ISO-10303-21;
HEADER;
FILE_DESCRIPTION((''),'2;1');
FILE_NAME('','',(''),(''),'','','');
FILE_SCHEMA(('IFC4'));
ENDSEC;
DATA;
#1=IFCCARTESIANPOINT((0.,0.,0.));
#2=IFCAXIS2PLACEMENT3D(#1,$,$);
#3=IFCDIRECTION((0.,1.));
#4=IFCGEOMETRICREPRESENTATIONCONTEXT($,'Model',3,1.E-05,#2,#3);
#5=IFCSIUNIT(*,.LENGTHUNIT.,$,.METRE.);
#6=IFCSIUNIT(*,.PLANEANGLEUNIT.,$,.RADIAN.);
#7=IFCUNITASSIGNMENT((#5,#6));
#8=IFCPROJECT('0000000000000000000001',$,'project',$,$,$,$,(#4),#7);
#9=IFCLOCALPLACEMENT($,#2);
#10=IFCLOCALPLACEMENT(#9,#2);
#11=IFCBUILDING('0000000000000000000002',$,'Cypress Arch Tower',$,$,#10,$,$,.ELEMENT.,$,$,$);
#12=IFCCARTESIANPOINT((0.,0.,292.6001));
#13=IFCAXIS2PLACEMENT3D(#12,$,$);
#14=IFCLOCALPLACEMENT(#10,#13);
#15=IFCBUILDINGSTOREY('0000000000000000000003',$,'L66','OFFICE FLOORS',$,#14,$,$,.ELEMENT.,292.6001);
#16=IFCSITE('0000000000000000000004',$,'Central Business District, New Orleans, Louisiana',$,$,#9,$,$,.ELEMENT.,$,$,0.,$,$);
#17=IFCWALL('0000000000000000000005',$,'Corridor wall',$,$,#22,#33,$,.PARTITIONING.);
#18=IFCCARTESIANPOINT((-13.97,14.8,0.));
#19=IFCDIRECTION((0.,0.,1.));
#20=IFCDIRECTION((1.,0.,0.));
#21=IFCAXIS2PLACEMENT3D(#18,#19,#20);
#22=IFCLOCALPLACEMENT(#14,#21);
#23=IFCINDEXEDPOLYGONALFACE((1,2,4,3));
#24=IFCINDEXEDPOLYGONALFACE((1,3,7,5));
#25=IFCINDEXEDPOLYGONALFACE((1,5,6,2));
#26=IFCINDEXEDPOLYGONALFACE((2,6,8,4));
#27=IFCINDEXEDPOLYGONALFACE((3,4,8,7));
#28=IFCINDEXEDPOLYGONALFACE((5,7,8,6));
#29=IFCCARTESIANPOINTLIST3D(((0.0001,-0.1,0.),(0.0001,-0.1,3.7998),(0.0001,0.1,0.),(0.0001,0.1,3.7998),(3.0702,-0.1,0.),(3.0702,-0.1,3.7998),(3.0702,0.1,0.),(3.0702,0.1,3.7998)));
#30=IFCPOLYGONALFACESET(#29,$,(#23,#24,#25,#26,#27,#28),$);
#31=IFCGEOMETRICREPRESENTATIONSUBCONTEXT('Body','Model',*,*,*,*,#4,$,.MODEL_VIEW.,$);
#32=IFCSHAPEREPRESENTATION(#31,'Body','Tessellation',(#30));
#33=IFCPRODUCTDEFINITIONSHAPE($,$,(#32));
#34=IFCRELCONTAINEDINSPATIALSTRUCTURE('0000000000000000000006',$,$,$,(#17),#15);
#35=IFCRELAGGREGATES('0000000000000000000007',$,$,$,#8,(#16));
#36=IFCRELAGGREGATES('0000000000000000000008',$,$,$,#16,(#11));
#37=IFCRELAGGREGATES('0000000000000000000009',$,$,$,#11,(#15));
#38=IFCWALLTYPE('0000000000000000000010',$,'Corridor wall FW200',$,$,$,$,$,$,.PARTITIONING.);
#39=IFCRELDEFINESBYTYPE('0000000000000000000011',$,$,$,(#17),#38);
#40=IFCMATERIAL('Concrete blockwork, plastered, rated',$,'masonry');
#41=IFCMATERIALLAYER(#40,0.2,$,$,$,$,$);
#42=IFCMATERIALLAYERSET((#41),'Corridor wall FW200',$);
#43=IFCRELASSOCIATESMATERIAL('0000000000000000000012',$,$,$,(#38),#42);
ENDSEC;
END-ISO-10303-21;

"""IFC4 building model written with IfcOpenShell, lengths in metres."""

from ifc_helpers import new_model, si_unit, direction, frame, frame_2d, origin, place, context, subcontext, project, spatial, rectangle, extrude, material, layer, layer_set, type_object, element, save


model = new_model("IFC4")

# Units and contexts
model_context = context("Model", 3, precision=1e-05, world=origin(), true_north=direction((0.0, 1.0)))
body_context = subcontext(model_context, "Body", "Model", "MODEL_VIEW")
ifc_project = project(units=[si_unit("LENGTHUNIT", "METRE"), si_unit("PLANEANGLEUNIT", "RADIAN")], contexts=[model_context])

# Site, building, storey
site_placement = place(None, origin())
site = spatial("IfcSite", under=ifc_project, at=site_placement, Name="Central Business District, New Orleans, Louisiana", CompositionType="ELEMENT", RefElevation=0.0)
building_placement = place(site_placement, origin())
building = spatial("IfcBuilding", under=site, at=building_placement, Name="Cypress Arch Tower", CompositionType="ELEMENT")
storey_placement = place(building_placement, frame((0.0, 0.0, 292.6001)))
storey = spatial("IfcBuildingStorey", under=building, at=storey_placement, Name="L66", Description="OFFICE FLOORS", CompositionType="ELEMENT", Elevation=292.6001)

# Wall
ifc_material_1 = material(Name="Concrete blockwork, plastered, rated", Category="masonry")
ifc_layer_1 = layer(ifc_material_1, 0.2)
ifc_layer_set_1 = layer_set([ifc_layer_1], Name="Corridor wall FW200")
wall_type_1 = type_object("IfcWallType", Name="Corridor wall FW200", PredefinedType="PARTITIONING", material=ifc_layer_set_1)
wall_1_placement = place(storey_placement, frame((-13.97, 14.8, 0.0), z_axis=(0.0, 0.0, 1.0), x_axis=(1.0, 0.0, 0.0)))
element("IfcWall", 1, at=wall_1_placement, inside=storey, type_object=wall_type_1, Name="Corridor wall", PredefinedType="PARTITIONING", context=body_context, shape_type="SweptSolid", body=[
    extrude(rectangle(XDim=3.0701, YDim=0.2, at=frame_2d((1.5352, 0.0))), origin(), (0.0, 0.0, 1.0), 3.7998),
])

save(model, "model.ifc")
